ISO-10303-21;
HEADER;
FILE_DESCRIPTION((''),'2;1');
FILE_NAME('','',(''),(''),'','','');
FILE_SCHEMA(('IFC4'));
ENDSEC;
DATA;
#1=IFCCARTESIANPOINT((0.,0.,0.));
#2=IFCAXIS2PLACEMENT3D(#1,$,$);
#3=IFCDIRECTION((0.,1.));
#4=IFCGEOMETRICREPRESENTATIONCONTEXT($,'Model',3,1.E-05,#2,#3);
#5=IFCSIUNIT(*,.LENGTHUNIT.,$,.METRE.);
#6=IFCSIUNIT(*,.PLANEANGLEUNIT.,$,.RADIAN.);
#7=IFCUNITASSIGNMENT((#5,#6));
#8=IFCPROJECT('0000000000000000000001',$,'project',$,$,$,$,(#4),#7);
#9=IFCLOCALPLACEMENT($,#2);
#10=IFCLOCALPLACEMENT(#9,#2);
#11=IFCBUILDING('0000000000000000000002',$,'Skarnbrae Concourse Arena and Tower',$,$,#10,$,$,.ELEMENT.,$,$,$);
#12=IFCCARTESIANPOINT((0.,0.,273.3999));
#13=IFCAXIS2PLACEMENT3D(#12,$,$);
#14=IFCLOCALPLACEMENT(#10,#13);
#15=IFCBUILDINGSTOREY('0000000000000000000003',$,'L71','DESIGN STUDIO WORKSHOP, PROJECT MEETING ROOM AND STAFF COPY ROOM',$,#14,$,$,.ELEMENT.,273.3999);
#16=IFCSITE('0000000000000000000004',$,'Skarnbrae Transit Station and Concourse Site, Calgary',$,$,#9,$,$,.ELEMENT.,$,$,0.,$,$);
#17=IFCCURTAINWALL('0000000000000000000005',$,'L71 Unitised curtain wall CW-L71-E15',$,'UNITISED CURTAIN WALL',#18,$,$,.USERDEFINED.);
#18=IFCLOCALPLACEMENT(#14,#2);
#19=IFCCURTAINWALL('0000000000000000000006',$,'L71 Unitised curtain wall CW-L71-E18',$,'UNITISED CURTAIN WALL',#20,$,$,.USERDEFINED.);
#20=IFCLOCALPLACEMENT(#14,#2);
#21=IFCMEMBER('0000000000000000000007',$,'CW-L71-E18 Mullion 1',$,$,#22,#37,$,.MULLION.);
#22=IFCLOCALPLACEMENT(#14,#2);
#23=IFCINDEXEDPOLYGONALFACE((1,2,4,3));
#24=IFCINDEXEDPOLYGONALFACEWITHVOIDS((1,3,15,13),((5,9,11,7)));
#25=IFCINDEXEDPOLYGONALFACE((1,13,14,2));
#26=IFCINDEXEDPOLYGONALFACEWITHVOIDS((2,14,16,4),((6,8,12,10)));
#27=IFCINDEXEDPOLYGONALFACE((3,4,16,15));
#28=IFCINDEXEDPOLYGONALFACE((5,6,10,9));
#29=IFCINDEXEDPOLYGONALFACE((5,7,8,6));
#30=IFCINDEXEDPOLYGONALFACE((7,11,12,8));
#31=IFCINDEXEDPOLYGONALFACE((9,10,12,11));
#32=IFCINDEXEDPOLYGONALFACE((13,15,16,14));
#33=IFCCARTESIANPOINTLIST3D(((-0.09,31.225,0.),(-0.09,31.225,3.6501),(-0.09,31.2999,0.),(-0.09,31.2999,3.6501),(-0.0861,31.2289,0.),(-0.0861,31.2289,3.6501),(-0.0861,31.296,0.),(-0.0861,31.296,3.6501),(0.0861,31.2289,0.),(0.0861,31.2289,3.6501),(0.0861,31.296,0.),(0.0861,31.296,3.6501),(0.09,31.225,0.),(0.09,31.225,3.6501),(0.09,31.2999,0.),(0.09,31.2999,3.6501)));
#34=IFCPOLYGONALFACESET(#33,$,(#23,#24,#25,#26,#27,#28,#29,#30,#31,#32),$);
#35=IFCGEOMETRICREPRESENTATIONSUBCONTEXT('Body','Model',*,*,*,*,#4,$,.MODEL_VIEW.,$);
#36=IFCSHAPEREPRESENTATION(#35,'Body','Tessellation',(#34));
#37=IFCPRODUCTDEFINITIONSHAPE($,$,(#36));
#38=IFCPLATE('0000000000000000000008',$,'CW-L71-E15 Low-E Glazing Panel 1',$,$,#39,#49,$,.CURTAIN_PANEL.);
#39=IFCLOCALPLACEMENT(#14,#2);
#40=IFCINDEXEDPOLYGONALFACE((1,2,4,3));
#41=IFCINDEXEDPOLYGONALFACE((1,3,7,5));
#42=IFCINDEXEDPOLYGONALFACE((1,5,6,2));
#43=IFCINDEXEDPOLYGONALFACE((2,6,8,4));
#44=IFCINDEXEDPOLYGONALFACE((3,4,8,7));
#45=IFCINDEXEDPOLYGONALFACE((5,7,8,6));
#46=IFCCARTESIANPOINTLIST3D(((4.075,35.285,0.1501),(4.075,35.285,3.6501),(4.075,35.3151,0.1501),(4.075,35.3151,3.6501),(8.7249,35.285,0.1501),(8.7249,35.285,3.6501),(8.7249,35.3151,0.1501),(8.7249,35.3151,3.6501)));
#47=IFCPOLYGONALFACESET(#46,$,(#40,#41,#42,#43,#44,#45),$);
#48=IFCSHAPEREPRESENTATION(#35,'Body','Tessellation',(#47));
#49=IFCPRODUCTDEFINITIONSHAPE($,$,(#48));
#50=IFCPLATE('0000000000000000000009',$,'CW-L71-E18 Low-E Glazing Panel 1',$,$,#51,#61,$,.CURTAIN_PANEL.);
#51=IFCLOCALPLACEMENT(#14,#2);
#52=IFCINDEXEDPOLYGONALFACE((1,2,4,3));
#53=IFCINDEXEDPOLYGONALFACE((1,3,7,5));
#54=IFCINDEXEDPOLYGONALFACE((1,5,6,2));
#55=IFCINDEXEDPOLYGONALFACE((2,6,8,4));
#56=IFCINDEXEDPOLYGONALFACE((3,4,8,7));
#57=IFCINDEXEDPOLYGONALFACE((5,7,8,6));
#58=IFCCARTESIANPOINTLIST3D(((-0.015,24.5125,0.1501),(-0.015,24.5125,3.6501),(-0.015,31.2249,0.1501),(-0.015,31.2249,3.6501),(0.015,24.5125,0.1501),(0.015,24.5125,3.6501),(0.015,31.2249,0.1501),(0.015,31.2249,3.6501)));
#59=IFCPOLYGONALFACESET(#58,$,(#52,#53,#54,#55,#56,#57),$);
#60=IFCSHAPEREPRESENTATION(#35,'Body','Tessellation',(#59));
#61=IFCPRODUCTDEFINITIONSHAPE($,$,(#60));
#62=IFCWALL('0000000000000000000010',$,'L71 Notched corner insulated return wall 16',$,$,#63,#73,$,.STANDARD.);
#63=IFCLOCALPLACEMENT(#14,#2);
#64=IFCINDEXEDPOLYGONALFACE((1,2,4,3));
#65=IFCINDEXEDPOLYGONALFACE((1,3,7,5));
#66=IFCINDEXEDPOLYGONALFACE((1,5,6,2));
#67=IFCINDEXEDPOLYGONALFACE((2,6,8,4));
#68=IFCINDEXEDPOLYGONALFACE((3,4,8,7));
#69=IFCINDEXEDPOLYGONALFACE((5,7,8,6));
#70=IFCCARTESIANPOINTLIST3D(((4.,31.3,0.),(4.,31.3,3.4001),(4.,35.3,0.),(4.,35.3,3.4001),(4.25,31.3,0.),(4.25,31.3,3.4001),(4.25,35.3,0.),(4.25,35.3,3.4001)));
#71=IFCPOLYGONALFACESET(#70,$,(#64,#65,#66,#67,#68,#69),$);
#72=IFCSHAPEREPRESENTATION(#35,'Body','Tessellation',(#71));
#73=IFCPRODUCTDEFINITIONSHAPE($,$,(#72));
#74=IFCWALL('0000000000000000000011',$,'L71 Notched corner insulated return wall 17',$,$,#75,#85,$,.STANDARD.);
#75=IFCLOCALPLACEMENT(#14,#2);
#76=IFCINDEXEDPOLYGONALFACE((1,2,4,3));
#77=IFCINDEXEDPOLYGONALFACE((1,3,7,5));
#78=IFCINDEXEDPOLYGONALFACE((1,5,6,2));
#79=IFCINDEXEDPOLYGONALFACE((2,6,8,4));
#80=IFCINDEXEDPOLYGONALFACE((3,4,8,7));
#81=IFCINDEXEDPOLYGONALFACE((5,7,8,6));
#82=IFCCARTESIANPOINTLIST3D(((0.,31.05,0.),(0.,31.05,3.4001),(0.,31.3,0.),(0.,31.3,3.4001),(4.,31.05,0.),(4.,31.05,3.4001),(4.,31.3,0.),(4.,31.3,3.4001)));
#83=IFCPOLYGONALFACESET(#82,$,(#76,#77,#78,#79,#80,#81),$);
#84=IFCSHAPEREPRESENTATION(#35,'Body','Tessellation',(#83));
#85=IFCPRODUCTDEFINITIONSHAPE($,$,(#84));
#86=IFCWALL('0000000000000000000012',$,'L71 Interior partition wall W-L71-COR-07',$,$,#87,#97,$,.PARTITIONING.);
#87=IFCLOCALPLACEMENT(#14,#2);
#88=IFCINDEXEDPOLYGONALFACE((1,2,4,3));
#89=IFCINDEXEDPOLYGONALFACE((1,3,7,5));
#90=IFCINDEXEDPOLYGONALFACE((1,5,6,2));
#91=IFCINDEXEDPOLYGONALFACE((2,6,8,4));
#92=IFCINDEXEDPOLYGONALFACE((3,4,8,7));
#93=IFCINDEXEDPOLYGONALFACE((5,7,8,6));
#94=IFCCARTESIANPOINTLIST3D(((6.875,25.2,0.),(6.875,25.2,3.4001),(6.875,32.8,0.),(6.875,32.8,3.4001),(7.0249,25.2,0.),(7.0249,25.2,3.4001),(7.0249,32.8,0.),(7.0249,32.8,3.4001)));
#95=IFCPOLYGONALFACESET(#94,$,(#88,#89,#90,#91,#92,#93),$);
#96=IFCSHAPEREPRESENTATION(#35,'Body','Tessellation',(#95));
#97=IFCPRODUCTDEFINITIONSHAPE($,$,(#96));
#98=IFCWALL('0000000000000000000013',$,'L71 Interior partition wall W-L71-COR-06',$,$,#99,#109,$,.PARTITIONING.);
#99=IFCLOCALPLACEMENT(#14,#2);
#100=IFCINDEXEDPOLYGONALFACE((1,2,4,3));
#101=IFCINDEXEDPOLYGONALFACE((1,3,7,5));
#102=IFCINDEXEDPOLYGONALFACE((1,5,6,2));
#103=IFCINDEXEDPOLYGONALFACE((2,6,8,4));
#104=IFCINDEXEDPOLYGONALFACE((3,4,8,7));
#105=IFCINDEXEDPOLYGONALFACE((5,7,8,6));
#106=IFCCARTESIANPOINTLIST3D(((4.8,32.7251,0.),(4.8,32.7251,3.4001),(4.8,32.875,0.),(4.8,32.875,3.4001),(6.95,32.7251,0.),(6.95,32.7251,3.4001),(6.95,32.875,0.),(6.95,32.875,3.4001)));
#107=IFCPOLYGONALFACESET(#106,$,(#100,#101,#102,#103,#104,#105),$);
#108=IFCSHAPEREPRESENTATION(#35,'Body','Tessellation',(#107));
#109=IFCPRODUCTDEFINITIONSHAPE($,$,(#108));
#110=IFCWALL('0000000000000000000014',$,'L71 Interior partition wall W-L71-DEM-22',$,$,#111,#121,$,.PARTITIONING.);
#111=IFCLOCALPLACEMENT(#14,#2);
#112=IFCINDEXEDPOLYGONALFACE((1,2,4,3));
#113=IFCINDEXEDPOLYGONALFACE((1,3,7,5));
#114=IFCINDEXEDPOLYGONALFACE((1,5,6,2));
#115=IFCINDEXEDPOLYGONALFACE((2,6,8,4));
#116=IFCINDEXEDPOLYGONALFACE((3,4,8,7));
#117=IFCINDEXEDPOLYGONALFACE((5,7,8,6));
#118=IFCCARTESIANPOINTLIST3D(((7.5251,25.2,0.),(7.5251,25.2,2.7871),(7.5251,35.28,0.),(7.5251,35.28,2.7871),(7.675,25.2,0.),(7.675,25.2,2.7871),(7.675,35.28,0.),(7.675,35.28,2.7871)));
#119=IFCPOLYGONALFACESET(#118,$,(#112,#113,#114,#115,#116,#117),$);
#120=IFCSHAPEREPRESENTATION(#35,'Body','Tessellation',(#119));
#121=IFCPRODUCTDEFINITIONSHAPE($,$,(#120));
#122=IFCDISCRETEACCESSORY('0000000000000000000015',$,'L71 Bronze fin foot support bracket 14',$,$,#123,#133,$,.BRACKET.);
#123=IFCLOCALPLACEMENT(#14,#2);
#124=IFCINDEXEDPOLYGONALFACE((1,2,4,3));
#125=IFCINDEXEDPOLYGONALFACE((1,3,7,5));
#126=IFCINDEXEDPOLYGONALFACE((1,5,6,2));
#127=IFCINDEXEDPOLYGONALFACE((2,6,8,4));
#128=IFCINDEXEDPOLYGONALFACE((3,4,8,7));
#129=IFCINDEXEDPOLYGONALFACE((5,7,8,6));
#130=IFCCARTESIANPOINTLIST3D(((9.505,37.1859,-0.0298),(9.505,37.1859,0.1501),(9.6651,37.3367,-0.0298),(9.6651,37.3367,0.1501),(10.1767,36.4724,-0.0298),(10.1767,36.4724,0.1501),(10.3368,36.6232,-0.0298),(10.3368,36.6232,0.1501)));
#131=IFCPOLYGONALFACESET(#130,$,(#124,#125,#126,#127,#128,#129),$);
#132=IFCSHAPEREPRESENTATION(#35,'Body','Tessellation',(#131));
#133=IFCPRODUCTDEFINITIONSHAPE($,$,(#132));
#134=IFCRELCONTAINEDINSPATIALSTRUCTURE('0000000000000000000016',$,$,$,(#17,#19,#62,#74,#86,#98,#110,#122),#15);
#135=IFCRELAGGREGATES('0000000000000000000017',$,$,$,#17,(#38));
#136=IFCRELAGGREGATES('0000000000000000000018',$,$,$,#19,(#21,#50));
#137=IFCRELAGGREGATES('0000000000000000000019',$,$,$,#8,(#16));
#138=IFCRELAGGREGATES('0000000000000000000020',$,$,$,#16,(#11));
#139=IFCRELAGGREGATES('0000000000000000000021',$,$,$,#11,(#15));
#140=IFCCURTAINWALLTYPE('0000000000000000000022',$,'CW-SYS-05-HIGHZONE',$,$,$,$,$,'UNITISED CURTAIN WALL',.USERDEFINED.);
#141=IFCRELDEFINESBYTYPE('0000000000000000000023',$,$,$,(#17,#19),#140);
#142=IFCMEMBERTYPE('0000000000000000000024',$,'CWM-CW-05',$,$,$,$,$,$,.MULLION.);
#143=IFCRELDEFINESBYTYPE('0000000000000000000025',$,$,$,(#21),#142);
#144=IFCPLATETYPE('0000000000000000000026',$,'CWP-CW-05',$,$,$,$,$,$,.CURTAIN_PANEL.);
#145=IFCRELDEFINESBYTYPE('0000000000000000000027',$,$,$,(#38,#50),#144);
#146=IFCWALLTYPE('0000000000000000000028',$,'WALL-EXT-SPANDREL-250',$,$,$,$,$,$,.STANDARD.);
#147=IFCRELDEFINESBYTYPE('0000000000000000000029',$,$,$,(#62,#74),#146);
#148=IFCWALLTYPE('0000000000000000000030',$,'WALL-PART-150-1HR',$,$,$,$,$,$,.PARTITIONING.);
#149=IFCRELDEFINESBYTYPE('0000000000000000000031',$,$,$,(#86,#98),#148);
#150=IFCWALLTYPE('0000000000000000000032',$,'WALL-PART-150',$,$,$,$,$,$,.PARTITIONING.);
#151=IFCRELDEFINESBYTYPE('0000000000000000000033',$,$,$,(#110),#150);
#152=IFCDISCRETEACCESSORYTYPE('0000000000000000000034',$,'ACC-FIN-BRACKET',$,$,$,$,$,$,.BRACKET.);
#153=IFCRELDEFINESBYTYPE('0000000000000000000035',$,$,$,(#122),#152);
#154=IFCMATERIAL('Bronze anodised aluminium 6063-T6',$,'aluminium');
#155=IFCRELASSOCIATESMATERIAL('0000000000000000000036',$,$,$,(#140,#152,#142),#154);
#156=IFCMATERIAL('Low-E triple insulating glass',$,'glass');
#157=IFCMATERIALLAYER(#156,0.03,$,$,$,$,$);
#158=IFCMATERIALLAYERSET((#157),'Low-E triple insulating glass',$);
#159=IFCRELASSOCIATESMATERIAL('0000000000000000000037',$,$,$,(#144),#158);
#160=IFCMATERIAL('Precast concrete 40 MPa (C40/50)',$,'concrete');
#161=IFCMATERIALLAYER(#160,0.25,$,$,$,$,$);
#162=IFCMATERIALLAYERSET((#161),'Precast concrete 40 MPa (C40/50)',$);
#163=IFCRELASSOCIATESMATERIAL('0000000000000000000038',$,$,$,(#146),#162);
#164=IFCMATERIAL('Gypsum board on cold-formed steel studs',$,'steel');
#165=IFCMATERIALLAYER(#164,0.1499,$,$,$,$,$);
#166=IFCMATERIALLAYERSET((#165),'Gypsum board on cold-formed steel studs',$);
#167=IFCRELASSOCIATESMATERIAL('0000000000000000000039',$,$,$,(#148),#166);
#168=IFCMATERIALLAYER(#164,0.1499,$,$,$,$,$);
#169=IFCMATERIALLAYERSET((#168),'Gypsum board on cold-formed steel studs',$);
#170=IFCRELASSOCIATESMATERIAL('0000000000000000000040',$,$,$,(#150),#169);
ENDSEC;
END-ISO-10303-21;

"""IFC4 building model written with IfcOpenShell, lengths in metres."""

from ifc_helpers import new_model, si_unit, direction, frame, frame_2d, origin, origin_2d, place, context, subcontext, project, spatial, rectangle, hollow_rectangle, extrude, source, transform, mapped, material, layer, layer_set, material_profile, profile_set, type_object, element, aggregate, save


model = new_model("IFC4")

# Units and contexts
model_context = context("Model", 3, precision=1e-05, world=origin(), true_north=direction((0.0, 1.0)))
body_context = subcontext(model_context, "Body", "Model", "MODEL_VIEW")
ifc_project = project(units=[si_unit("LENGTHUNIT", "METRE"), si_unit("PLANEANGLEUNIT", "RADIAN")], contexts=[model_context])

# Site, building, storey
site_placement = place(None, origin())
site = spatial("IfcSite", under=ifc_project, at=site_placement, Name="Skarnbrae Transit Station and Concourse Site, Calgary", CompositionType="ELEMENT", RefElevation=0.0)
building_placement = place(site_placement, origin())
building = spatial("IfcBuilding", under=site, at=building_placement, Name="Skarnbrae Concourse Arena and Tower", CompositionType="ELEMENT")
storey_placement = place(building_placement, frame((0.0, 0.0, 273.3999)))
storey = spatial("IfcBuildingStorey", under=building, at=storey_placement, Name="L71", Description="DESIGN STUDIO WORKSHOP, PROJECT MEETING ROOM AND STAFF COPY ROOM", CompositionType="ELEMENT", Elevation=273.3999)

# Curtain walls
ifc_material_1 = material(Name="Bronze anodised aluminium 6063-T6", Category="aluminium")
curtain_wall_type = type_object("IfcCurtainWallType", Name="CW-SYS-05-HIGHZONE", ElementType="UNITISED CURTAIN WALL", PredefinedType="USERDEFINED", material=ifc_material_1)
curtain_wall_1_placement = place(storey_placement, origin())
curtain_wall_1 = element("IfcCurtainWall", 1, at=curtain_wall_1_placement, inside=storey, type_object=curtain_wall_type, Name="L71 Unitised curtain wall CW-L71-E15", ObjectType="UNITISED CURTAIN WALL", PredefinedType="USERDEFINED")
curtain_wall_2_placement = place(storey_placement, origin())
curtain_wall_2 = element("IfcCurtainWall", 2, at=curtain_wall_2_placement, inside=storey, type_object=curtain_wall_type, Name="L71 Unitised curtain wall CW-L71-E18", ObjectType="UNITISED CURTAIN WALL", PredefinedType="USERDEFINED")
ifc_material_profile_1 = material_profile(ifc_material_1, hollow_rectangle(XDim=0.075, YDim=0.1799, WallThickness=0.0039, at=origin_2d()), Name="ALU-MULL-75X180")
ifc_profile_set_1 = profile_set([ifc_material_profile_1], Name="Bronze anodised aluminium 6063-T6")
member_type_1 = type_object("IfcMemberType", Name="CWM-CW-05", PredefinedType="MULLION", material=ifc_profile_set_1)
shared_shape_1 = source(origin(), body_context, "Body", "SweptSolid", [
    extrude(hollow_rectangle(XDim=0.075, YDim=0.1799, WallThickness=0.0039, at=origin_2d()), origin(), (0.0, 0.0, 1.0), 3.6501),
])

# Member
member_1_placement = place(storey_placement, frame((0.0, 31.2625, 0.0), z_axis=(0.0, 0.0, 1.0), x_axis=(0.0, -1.0, 0.0)))
member_1 = element("IfcMember", 3, at=member_1_placement, type_object=member_type_1, Name="CW-L71-E18 Mullion 1", PredefinedType="MULLION", context=body_context, shape_type="MappedRepresentation", body=[
    mapped(shared_shape_1, transform((0.0, 0.0, 0.0))),
])

# Plates
ifc_material_2 = material(Name="Low-E triple insulating glass", Category="glass")
ifc_layer_1 = layer(ifc_material_2, 0.03)
ifc_layer_set_1 = layer_set([ifc_layer_1], Name="Low-E triple insulating glass")
plate_type = type_object("IfcPlateType", Name="CWP-CW-05", PredefinedType="CURTAIN_PANEL", material=ifc_layer_set_1)
shared_shape_2 = source(origin(), body_context, "Body", "SweptSolid", [
    extrude(rectangle(XDim=4.6499, YDim=0.03, at=origin_2d()), origin(), (0.0, 0.0, 1.0), 3.5),
])
plate_1_placement = place(storey_placement, frame((6.3999, 35.3, 0.1501), z_axis=(0.0, 0.0, 1.0), x_axis=(-1.0, 0.0, 0.0)))
plate_1 = element("IfcPlate", 4, at=plate_1_placement, type_object=plate_type, Name="CW-L71-E15 Low-E Glazing Panel 1", PredefinedType="CURTAIN_PANEL", context=body_context, shape_type="MappedRepresentation", body=[
    mapped(shared_shape_2, transform((0.0, 0.0, 0.0))),
])
aggregate(curtain_wall_1, [plate_1])
shared_shape_3 = source(origin(), body_context, "Body", "SweptSolid", [
    extrude(rectangle(XDim=6.7124, YDim=0.03, at=origin_2d()), origin(), (0.0, 0.0, 1.0), 3.5),
])
plate_2_placement = place(storey_placement, frame((0.0, 27.8687, 0.1501), z_axis=(0.0, 0.0, 1.0), x_axis=(0.0, -1.0, 0.0)))
plate_2 = element("IfcPlate", 5, at=plate_2_placement, type_object=plate_type, Name="CW-L71-E18 Low-E Glazing Panel 1", PredefinedType="CURTAIN_PANEL", context=body_context, shape_type="MappedRepresentation", body=[
    mapped(shared_shape_3, transform((0.0, 0.0, 0.0))),
])
aggregate(curtain_wall_2, [member_1, plate_2])

# Walls
ifc_material_3 = material(Name="Precast concrete 40 MPa (C40/50)", Category="concrete")
ifc_layer_2 = layer(ifc_material_3, 0.25)
ifc_layer_set_2 = layer_set([ifc_layer_2], Name="Precast concrete 40 MPa (C40/50)")
wall_type_1 = type_object("IfcWallType", Name="WALL-EXT-SPANDREL-250", PredefinedType="STANDARD", material=ifc_layer_set_2)
shared_shape_4 = source(origin(), body_context, "Body", "SweptSolid", [
    extrude(rectangle(XDim=4.0, YDim=0.25, at=frame_2d((2.0, 0.0))), origin(), (0.0, 0.0, 1.0), 3.4001),
])
for number, where, z_axis, x_axis, name in (
    (6, (4.125, 35.3, 0.0), (0.0, 0.0, 1.0), (0.0, -1.0, 0.0), "L71 Notched corner insulated return wall 16"),
    (7, (4.0, 31.175, 0.0), (0.0, 0.0, 1.0), (-1.0, 0.0, 0.0), "L71 Notched corner insulated return wall 17"),
):
    element("IfcWall", number, at=place(storey_placement, frame(where, z_axis=z_axis, x_axis=x_axis)), inside=storey, type_object=wall_type_1, Name=name, PredefinedType="STANDARD", context=body_context, shape_type="MappedRepresentation", body=[
        mapped(shared_shape_4, transform((0.0, 0.0, 0.0))),
    ])
ifc_material_4 = material(Name="Gypsum board on cold-formed steel studs", Category="steel")
ifc_layer_3 = layer(ifc_material_4, 0.1499)
ifc_layer_set_3 = layer_set([ifc_layer_3], Name="Gypsum board on cold-formed steel studs")
wall_type_2 = type_object("IfcWallType", Name="WALL-PART-150-1HR", PredefinedType="PARTITIONING", material=ifc_layer_set_3)
shared_shape_5 = source(origin(), body_context, "Body", "SweptSolid", [
    extrude(rectangle(XDim=7.6001, YDim=0.1499, at=frame_2d((3.8, 0.0))), origin(), (0.0, 0.0, 1.0), 3.4001),
])
wall_1_placement = place(storey_placement, frame((6.95, 32.8, 0.0), z_axis=(0.0, 0.0, 1.0), x_axis=(0.0, -1.0, 0.0)))
element("IfcWall", 8, at=wall_1_placement, inside=storey, type_object=wall_type_2, Name="L71 Interior partition wall W-L71-COR-07", PredefinedType="PARTITIONING", context=body_context, shape_type="MappedRepresentation", body=[
    mapped(shared_shape_5, transform((0.0, 0.0, 0.0))),
])
shared_shape_6 = source(origin(), body_context, "Body", "SweptSolid", [
    extrude(rectangle(XDim=2.1499, YDim=0.1499, at=frame_2d((1.075, 0.0))), origin(), (0.0, 0.0, 1.0), 3.4001),
])
wall_2_placement = place(storey_placement, frame((4.8, 32.8, 0.0), z_axis=(0.0, 0.0, 1.0), x_axis=(1.0, 0.0, 0.0)))
element("IfcWall", 9, at=wall_2_placement, inside=storey, type_object=wall_type_2, Name="L71 Interior partition wall W-L71-COR-06", PredefinedType="PARTITIONING", context=body_context, shape_type="MappedRepresentation", body=[
    mapped(shared_shape_6, transform((0.0, 0.0, 0.0))),
])
ifc_layer_4 = layer(ifc_material_4, 0.1499)
ifc_layer_set_4 = layer_set([ifc_layer_4], Name="Gypsum board on cold-formed steel studs")
wall_type_3 = type_object("IfcWallType", Name="WALL-PART-150", PredefinedType="PARTITIONING", material=ifc_layer_set_4)
shared_shape_7 = source(origin(), body_context, "Body", "SweptSolid", [
    extrude(rectangle(XDim=10.0801, YDim=0.1499, at=frame_2d((5.04, 0.0))), origin(), (0.0, 0.0, 1.0), 2.7871),
])
wall_3_placement = place(storey_placement, frame((7.6001, 35.28, 0.0), z_axis=(0.0, 0.0, 1.0), x_axis=(0.0, -1.0, 0.0)))
element("IfcWall", 10, at=wall_3_placement, inside=storey, type_object=wall_type_3, Name="L71 Interior partition wall W-L71-DEM-22", PredefinedType="PARTITIONING", context=body_context, shape_type="MappedRepresentation", body=[
    mapped(shared_shape_7, transform((0.0, 0.0, 0.0))),
])

# Discrete accessory
discrete_accessory_type = type_object("IfcDiscreteAccessoryType", Name="ACC-FIN-BRACKET", PredefinedType="BRACKET", material=ifc_material_1)
shared_shape_8 = source(origin(), body_context, "Body", "SweptSolid", [
    extrude(rectangle(XDim=0.22, YDim=0.98, at=origin_2d()), origin(), (0.0, 0.0, 1.0), 0.1799),
])
discrete_accessory_placement = place(storey_placement, frame((9.9209, 36.9045, -0.0298), z_axis=(0.0, 0.0, 1.0), x_axis=(0.728132, 0.685437, 0.0)))
element("IfcDiscreteAccessory", 11, at=discrete_accessory_placement, inside=storey, type_object=discrete_accessory_type, Name="L71 Bronze fin foot support bracket 14", PredefinedType="BRACKET", context=body_context, shape_type="MappedRepresentation", body=[
    mapped(shared_shape_8, transform((0.0, 0.0, 0.0))),
])

save(model, "model.ifc")
